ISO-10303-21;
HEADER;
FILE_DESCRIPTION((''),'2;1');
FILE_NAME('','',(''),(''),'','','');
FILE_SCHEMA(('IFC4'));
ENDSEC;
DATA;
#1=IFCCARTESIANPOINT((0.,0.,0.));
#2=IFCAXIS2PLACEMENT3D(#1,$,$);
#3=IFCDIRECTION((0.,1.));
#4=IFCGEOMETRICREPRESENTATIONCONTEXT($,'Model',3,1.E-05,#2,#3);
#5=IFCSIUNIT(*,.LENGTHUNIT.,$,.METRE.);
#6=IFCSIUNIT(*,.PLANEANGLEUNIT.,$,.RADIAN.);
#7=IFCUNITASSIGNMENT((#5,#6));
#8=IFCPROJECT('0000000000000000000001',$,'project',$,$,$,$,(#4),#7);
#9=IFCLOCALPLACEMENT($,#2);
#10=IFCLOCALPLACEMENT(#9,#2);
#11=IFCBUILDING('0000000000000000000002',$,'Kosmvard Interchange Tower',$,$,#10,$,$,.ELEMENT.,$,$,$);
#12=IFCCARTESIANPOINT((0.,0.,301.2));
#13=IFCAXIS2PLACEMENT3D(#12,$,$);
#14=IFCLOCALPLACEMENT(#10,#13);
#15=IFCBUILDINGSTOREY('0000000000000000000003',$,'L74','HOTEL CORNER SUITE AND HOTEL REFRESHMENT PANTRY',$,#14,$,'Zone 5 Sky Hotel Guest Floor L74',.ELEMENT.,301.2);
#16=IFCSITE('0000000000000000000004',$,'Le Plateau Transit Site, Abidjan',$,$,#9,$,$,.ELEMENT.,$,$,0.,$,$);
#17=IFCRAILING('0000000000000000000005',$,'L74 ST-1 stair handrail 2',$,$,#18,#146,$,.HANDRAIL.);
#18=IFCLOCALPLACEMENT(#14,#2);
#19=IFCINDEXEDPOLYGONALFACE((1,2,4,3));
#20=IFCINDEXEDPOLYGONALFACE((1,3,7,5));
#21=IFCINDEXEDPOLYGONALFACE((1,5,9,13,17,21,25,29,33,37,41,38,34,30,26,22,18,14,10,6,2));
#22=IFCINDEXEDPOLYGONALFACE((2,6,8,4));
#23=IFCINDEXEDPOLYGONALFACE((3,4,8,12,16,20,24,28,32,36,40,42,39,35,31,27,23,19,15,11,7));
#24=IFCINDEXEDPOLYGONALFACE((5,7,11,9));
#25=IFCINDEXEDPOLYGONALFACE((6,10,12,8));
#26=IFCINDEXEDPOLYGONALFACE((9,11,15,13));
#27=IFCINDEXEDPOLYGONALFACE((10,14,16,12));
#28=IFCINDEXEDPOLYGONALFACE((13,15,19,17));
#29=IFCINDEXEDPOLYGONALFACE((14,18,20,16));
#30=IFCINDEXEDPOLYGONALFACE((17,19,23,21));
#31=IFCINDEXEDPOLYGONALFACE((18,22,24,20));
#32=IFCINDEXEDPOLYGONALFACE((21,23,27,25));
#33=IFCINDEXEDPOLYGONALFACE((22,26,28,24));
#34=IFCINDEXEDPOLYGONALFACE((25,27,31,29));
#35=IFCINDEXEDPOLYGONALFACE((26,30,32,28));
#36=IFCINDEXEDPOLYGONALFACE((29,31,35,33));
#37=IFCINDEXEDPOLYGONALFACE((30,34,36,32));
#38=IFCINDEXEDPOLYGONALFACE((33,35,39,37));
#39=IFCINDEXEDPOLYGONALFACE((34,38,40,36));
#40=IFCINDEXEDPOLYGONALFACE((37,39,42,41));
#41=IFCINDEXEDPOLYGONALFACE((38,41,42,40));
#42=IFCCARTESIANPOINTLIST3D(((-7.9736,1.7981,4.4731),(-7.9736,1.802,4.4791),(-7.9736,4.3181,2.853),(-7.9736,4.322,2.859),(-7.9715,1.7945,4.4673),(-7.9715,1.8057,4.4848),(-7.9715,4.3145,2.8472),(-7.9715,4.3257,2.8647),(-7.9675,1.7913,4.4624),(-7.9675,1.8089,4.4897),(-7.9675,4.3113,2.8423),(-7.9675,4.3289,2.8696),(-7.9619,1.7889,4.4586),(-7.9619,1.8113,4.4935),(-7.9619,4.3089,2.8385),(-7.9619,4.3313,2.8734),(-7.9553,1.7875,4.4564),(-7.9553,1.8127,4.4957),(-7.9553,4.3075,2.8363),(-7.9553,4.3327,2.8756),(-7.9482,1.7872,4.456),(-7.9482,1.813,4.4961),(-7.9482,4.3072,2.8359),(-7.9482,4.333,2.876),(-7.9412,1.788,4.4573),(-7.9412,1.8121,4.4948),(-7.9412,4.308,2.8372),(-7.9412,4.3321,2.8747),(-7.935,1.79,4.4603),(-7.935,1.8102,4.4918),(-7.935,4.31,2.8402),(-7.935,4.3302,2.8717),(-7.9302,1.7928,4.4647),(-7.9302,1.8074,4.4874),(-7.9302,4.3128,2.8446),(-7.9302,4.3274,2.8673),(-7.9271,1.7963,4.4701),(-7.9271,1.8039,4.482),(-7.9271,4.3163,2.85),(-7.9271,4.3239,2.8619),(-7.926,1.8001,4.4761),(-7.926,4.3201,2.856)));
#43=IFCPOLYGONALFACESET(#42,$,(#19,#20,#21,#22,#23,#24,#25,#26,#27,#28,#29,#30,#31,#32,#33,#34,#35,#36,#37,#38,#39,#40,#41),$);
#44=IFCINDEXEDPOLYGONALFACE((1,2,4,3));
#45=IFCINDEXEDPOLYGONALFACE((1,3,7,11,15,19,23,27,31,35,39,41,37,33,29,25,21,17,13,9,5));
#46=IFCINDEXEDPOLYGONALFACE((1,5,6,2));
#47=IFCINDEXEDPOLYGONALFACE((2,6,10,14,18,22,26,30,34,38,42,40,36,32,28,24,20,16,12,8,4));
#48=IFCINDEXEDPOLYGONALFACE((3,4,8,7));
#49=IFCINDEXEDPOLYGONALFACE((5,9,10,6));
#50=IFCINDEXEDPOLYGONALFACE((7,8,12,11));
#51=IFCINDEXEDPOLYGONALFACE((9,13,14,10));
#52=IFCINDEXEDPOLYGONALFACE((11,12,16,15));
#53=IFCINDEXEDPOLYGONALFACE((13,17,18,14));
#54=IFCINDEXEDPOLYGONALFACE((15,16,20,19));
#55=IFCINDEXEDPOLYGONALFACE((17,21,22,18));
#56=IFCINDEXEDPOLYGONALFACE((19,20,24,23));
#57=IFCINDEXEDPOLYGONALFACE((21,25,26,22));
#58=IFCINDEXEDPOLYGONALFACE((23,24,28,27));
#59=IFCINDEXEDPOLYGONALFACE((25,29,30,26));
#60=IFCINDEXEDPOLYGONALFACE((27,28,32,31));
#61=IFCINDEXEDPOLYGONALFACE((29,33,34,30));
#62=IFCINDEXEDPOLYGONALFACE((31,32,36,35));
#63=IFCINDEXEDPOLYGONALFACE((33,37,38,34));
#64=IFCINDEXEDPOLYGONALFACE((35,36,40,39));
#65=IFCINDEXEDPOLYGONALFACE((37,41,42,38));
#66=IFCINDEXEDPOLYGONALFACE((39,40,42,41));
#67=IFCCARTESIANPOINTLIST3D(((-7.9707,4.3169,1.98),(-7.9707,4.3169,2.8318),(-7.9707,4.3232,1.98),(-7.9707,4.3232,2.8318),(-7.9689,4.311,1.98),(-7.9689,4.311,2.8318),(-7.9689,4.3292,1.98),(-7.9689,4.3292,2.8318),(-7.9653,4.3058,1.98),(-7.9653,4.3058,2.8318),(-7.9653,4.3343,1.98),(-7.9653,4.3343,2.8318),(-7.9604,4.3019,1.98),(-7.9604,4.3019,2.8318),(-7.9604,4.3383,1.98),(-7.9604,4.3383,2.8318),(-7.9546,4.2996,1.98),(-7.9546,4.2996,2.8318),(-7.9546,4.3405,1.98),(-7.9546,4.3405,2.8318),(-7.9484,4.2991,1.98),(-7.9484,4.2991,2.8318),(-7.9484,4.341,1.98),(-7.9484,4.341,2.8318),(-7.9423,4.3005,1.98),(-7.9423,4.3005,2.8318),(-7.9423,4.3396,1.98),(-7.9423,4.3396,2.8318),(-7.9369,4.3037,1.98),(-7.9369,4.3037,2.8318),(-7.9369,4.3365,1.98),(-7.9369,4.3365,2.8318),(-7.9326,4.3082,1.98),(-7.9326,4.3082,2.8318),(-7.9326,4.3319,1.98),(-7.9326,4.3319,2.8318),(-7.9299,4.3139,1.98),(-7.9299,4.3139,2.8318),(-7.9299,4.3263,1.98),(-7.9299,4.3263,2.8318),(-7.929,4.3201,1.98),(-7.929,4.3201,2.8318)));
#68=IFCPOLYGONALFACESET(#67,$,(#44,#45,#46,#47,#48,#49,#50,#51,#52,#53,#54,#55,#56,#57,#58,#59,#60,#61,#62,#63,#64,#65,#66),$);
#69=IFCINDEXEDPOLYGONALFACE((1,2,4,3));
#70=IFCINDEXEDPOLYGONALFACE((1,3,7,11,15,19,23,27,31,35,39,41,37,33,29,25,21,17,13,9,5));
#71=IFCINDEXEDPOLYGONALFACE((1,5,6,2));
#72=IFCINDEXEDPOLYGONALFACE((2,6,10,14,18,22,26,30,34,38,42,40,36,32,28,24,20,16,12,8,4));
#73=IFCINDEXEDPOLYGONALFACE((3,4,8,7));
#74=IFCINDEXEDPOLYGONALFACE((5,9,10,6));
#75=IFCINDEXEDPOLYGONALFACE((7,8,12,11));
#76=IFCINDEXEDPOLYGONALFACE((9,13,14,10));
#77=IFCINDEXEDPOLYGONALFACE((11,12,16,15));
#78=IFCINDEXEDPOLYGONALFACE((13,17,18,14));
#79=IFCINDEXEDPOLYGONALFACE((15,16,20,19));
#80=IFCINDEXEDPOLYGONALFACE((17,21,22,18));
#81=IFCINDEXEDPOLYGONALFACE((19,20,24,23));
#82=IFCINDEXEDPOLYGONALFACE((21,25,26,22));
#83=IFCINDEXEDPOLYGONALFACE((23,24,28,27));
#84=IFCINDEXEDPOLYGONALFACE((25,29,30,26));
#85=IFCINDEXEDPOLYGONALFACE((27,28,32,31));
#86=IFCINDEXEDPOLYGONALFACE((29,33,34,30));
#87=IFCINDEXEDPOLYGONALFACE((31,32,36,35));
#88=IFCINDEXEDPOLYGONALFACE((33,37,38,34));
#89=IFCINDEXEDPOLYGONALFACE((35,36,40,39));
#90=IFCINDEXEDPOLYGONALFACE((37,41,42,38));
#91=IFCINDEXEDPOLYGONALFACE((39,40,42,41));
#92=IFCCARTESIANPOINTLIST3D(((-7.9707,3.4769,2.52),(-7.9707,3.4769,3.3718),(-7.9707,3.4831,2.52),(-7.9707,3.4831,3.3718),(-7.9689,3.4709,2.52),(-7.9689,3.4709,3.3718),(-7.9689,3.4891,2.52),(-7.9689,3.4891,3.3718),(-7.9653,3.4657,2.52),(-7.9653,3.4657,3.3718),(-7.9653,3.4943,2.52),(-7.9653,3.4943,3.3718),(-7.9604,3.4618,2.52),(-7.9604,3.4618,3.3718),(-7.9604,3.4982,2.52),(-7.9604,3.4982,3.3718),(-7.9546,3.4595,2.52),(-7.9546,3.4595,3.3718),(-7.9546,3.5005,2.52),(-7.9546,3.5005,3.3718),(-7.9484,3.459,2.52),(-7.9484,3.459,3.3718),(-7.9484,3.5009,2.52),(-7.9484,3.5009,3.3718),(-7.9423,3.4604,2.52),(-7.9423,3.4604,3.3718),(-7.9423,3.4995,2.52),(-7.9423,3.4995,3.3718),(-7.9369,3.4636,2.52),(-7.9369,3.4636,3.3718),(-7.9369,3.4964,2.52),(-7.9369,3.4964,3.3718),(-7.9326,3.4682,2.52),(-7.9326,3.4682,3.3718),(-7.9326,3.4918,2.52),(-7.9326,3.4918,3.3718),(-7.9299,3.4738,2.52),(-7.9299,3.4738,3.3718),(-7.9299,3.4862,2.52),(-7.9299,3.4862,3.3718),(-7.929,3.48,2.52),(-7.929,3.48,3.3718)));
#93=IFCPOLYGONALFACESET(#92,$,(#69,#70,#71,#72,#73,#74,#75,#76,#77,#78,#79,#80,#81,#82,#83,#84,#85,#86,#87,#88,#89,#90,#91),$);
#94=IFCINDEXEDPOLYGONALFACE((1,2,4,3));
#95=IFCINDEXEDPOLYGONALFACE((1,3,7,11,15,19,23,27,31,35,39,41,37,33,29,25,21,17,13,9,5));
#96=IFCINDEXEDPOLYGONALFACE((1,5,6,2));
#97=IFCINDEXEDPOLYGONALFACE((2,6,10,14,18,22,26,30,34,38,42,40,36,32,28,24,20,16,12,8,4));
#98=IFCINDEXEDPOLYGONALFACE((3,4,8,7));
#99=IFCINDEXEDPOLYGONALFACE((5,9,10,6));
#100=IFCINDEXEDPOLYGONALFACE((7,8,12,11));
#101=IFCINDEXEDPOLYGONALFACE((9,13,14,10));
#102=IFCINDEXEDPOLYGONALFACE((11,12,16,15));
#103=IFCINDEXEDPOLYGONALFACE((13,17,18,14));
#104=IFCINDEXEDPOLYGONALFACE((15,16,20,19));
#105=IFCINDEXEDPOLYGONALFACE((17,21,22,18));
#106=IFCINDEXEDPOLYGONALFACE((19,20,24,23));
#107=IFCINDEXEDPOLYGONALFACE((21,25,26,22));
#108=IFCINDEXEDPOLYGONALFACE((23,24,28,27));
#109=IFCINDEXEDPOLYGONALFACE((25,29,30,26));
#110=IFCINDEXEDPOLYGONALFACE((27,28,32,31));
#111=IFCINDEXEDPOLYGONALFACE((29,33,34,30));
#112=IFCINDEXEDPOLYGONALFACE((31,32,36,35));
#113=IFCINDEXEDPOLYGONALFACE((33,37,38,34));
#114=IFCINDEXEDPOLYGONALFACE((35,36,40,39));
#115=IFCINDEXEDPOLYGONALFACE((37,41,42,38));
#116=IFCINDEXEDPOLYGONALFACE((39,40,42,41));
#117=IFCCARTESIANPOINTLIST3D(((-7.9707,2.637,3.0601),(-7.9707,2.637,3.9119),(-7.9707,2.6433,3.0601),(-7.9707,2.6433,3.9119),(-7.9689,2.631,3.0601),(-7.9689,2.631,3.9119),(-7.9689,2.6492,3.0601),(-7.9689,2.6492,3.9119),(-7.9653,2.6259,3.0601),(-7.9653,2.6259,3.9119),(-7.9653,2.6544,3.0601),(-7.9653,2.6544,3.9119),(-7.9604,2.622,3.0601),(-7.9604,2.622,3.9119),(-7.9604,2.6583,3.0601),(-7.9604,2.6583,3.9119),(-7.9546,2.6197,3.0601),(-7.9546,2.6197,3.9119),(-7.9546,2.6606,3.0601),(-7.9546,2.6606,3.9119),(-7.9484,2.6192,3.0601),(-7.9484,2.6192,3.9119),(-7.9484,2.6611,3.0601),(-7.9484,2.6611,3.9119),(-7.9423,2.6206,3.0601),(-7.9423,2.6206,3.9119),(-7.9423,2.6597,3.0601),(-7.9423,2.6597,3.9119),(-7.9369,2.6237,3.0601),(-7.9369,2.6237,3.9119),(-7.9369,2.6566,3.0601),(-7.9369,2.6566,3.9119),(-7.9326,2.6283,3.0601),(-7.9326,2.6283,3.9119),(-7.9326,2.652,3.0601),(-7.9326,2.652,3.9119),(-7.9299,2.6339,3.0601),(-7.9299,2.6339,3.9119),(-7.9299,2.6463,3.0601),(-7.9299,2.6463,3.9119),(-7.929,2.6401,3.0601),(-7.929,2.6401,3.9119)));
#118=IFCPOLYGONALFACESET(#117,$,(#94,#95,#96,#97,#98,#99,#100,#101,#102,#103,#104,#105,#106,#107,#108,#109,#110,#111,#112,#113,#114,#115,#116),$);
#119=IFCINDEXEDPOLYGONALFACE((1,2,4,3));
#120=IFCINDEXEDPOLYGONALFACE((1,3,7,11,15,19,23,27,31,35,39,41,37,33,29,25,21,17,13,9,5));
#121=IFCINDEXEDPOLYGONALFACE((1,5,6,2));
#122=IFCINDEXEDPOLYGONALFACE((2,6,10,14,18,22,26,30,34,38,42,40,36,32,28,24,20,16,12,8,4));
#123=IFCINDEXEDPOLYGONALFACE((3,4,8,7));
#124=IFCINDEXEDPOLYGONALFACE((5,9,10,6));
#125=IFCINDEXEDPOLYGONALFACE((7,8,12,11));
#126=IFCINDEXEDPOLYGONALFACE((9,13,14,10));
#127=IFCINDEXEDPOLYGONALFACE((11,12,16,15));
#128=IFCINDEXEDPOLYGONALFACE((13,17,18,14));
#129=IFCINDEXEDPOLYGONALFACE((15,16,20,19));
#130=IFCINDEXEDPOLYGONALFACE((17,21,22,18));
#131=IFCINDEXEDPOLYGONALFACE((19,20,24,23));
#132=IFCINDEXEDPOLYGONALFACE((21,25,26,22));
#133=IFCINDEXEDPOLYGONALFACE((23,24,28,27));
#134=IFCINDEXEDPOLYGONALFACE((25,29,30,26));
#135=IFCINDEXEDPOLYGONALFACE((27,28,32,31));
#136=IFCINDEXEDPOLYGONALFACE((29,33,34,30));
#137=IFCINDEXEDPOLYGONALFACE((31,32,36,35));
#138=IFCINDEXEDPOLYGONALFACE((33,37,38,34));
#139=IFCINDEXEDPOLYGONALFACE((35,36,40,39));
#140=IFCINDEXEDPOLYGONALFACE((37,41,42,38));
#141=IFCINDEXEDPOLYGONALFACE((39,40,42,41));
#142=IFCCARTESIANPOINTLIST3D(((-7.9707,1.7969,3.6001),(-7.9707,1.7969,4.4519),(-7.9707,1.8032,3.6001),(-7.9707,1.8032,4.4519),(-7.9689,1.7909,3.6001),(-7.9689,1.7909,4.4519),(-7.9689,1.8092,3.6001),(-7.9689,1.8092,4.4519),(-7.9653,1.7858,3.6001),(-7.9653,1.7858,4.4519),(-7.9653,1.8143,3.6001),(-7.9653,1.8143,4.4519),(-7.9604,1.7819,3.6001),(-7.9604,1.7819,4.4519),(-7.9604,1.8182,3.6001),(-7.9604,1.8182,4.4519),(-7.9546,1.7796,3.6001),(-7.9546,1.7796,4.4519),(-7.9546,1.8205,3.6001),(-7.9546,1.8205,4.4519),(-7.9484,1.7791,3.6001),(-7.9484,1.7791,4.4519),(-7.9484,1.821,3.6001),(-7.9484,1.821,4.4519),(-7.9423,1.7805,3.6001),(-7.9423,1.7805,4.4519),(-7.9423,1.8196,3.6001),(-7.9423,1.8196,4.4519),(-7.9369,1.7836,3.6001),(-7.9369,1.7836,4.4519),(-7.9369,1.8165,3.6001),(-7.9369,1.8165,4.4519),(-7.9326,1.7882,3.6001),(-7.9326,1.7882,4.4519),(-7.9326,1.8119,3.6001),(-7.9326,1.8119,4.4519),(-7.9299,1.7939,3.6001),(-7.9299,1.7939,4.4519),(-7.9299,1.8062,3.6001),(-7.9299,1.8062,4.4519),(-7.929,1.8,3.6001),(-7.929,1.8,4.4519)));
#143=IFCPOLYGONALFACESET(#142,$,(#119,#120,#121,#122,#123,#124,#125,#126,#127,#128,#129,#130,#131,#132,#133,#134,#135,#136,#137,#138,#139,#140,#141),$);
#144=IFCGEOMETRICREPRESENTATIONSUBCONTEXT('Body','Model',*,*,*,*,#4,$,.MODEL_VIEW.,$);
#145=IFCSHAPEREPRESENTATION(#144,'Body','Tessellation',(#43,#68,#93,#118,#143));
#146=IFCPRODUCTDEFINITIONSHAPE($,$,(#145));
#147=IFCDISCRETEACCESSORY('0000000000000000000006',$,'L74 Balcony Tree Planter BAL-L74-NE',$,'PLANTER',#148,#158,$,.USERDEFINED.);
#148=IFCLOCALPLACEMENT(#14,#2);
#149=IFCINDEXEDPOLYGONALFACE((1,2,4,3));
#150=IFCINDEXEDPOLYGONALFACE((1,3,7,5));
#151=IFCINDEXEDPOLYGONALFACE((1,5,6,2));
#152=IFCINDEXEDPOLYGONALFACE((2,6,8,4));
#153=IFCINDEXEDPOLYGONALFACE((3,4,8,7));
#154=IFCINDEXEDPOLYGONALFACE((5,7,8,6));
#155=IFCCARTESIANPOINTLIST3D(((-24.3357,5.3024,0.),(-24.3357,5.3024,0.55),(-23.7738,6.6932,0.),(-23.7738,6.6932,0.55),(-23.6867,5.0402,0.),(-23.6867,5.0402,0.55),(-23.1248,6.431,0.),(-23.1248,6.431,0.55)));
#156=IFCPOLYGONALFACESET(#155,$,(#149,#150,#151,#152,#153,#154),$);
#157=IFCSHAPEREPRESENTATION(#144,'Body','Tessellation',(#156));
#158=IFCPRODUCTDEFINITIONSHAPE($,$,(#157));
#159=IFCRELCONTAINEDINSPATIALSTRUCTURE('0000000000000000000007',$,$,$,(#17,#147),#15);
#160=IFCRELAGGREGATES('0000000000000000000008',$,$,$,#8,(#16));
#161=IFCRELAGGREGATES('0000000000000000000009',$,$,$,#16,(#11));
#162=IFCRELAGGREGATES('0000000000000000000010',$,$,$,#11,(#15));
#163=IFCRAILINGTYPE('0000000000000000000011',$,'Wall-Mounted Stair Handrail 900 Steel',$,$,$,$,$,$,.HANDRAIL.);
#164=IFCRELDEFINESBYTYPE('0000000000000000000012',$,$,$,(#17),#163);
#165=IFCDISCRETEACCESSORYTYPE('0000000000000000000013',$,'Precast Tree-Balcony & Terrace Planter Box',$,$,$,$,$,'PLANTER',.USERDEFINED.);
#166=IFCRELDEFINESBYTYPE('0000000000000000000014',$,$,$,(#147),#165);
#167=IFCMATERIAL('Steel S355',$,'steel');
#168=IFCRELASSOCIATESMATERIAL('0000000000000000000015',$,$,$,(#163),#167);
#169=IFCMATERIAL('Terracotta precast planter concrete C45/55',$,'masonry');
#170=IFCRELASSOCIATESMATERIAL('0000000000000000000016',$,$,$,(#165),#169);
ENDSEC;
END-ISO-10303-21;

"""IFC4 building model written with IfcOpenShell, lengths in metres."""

from ifc_helpers import new_model, si_unit, direction, frame, origin, origin_2d, place, context, subcontext, project, spatial, rectangle, circle, extrude, source, transform, mapped, material, type_object, element, save


model = new_model("IFC4")

# Units and contexts
model_context = context("Model", 3, precision=1e-05, world=origin(), true_north=direction((0.0, 1.0)))
body_context = subcontext(model_context, "Body", "Model", "MODEL_VIEW")
ifc_project = project(units=[si_unit("LENGTHUNIT", "METRE"), si_unit("PLANEANGLEUNIT", "RADIAN")], contexts=[model_context])

# Site, building, storey
site_placement = place(None, origin())
site = spatial("IfcSite", under=ifc_project, at=site_placement, Name="Le Plateau Transit Site, Abidjan", CompositionType="ELEMENT", RefElevation=0.0)
building_placement = place(site_placement, origin())
building = spatial("IfcBuilding", under=site, at=building_placement, Name="Kosmvard Interchange Tower", CompositionType="ELEMENT")
storey_placement = place(building_placement, frame((0.0, 0.0, 301.2)))
storey = spatial("IfcBuildingStorey", under=building, at=storey_placement, Name="L74", Description="HOTEL CORNER SUITE AND HOTEL REFRESHMENT PANTRY", LongName="Zone 5 Sky Hotel Guest Floor L74", CompositionType="ELEMENT", Elevation=301.2)

# Shared definitions
ifc_material_1 = material(Name="Steel S355", Category="steel")

# Railing
railing_type_1 = type_object("IfcRailingType", Name="Wall-Mounted Stair Handrail 900 Steel", PredefinedType="HANDRAIL", material=ifc_material_1)
shared_shape_1 = source(origin(), body_context, "Body", "SweptSolid", [
    extrude(circle(Radius=0.0239, at=origin_2d()), frame((0.0, 0.0, 0.876), z_axis=(0.0, -0.841163, 0.540782), x_axis=(1.0, 0.0, 0.0)), (0.0, 0.0, 1.0), 2.9958),
    extrude(circle(Radius=0.021, at=origin_2d()), origin(), (0.0, 0.0, 1.0), 0.8518),
    extrude(circle(Radius=0.021, at=origin_2d()), frame((0.0, -0.8401, 0.54)), (0.0, 0.0, 1.0), 0.8518),
    extrude(circle(Radius=0.021, at=origin_2d()), frame((0.0, -1.6799, 1.0801)), (0.0, 0.0, 1.0), 0.8518),
    extrude(circle(Radius=0.021, at=origin_2d()), frame((0.0, -2.52, 1.6201)), (0.0, 0.0, 1.0), 0.8518),
])
railing_1_placement = place(storey_placement, frame((-7.95, 4.3201, 1.98)))
element("IfcRailing", 1, at=railing_1_placement, inside=storey, type_object=railing_type_1, Name="L74 ST-1 stair handrail 2", PredefinedType="HANDRAIL", context=body_context, shape_type="MappedRepresentation", body=[
    mapped(shared_shape_1, transform((0.0, 0.0, 0.0), scale=1.0)),
])

# Discrete accessory
ifc_material_2 = material(Name="Terracotta precast planter concrete C45/55", Category="masonry")
discrete_accessory_type = type_object("IfcDiscreteAccessoryType", Name="Precast Tree-Balcony & Terrace Planter Box", ElementType="PLANTER", PredefinedType="USERDEFINED", material=ifc_material_2)
shared_shape_2 = source(origin(), body_context, "Body", "SweptSolid", [
    extrude(rectangle(XDim=1.5, YDim=0.7, at=origin_2d()), origin(), (0.0, 0.0, 1.0), 0.55),
])
discrete_accessory_placement = place(storey_placement, frame((-23.7302, 5.8667, 0.0), z_axis=(0.0, 0.0, 1.0), x_axis=(0.374607, 0.927184, 0.0)))
element("IfcDiscreteAccessory", 2, at=discrete_accessory_placement, inside=storey, type_object=discrete_accessory_type, Name="L74 Balcony Tree Planter BAL-L74-NE", ObjectType="PLANTER", PredefinedType="USERDEFINED", context=body_context, shape_type="MappedRepresentation", body=[
    mapped(shared_shape_2, transform((0.0, 0.0, 0.0), scale=1.0)),
])

save(model, "model.ifc")
